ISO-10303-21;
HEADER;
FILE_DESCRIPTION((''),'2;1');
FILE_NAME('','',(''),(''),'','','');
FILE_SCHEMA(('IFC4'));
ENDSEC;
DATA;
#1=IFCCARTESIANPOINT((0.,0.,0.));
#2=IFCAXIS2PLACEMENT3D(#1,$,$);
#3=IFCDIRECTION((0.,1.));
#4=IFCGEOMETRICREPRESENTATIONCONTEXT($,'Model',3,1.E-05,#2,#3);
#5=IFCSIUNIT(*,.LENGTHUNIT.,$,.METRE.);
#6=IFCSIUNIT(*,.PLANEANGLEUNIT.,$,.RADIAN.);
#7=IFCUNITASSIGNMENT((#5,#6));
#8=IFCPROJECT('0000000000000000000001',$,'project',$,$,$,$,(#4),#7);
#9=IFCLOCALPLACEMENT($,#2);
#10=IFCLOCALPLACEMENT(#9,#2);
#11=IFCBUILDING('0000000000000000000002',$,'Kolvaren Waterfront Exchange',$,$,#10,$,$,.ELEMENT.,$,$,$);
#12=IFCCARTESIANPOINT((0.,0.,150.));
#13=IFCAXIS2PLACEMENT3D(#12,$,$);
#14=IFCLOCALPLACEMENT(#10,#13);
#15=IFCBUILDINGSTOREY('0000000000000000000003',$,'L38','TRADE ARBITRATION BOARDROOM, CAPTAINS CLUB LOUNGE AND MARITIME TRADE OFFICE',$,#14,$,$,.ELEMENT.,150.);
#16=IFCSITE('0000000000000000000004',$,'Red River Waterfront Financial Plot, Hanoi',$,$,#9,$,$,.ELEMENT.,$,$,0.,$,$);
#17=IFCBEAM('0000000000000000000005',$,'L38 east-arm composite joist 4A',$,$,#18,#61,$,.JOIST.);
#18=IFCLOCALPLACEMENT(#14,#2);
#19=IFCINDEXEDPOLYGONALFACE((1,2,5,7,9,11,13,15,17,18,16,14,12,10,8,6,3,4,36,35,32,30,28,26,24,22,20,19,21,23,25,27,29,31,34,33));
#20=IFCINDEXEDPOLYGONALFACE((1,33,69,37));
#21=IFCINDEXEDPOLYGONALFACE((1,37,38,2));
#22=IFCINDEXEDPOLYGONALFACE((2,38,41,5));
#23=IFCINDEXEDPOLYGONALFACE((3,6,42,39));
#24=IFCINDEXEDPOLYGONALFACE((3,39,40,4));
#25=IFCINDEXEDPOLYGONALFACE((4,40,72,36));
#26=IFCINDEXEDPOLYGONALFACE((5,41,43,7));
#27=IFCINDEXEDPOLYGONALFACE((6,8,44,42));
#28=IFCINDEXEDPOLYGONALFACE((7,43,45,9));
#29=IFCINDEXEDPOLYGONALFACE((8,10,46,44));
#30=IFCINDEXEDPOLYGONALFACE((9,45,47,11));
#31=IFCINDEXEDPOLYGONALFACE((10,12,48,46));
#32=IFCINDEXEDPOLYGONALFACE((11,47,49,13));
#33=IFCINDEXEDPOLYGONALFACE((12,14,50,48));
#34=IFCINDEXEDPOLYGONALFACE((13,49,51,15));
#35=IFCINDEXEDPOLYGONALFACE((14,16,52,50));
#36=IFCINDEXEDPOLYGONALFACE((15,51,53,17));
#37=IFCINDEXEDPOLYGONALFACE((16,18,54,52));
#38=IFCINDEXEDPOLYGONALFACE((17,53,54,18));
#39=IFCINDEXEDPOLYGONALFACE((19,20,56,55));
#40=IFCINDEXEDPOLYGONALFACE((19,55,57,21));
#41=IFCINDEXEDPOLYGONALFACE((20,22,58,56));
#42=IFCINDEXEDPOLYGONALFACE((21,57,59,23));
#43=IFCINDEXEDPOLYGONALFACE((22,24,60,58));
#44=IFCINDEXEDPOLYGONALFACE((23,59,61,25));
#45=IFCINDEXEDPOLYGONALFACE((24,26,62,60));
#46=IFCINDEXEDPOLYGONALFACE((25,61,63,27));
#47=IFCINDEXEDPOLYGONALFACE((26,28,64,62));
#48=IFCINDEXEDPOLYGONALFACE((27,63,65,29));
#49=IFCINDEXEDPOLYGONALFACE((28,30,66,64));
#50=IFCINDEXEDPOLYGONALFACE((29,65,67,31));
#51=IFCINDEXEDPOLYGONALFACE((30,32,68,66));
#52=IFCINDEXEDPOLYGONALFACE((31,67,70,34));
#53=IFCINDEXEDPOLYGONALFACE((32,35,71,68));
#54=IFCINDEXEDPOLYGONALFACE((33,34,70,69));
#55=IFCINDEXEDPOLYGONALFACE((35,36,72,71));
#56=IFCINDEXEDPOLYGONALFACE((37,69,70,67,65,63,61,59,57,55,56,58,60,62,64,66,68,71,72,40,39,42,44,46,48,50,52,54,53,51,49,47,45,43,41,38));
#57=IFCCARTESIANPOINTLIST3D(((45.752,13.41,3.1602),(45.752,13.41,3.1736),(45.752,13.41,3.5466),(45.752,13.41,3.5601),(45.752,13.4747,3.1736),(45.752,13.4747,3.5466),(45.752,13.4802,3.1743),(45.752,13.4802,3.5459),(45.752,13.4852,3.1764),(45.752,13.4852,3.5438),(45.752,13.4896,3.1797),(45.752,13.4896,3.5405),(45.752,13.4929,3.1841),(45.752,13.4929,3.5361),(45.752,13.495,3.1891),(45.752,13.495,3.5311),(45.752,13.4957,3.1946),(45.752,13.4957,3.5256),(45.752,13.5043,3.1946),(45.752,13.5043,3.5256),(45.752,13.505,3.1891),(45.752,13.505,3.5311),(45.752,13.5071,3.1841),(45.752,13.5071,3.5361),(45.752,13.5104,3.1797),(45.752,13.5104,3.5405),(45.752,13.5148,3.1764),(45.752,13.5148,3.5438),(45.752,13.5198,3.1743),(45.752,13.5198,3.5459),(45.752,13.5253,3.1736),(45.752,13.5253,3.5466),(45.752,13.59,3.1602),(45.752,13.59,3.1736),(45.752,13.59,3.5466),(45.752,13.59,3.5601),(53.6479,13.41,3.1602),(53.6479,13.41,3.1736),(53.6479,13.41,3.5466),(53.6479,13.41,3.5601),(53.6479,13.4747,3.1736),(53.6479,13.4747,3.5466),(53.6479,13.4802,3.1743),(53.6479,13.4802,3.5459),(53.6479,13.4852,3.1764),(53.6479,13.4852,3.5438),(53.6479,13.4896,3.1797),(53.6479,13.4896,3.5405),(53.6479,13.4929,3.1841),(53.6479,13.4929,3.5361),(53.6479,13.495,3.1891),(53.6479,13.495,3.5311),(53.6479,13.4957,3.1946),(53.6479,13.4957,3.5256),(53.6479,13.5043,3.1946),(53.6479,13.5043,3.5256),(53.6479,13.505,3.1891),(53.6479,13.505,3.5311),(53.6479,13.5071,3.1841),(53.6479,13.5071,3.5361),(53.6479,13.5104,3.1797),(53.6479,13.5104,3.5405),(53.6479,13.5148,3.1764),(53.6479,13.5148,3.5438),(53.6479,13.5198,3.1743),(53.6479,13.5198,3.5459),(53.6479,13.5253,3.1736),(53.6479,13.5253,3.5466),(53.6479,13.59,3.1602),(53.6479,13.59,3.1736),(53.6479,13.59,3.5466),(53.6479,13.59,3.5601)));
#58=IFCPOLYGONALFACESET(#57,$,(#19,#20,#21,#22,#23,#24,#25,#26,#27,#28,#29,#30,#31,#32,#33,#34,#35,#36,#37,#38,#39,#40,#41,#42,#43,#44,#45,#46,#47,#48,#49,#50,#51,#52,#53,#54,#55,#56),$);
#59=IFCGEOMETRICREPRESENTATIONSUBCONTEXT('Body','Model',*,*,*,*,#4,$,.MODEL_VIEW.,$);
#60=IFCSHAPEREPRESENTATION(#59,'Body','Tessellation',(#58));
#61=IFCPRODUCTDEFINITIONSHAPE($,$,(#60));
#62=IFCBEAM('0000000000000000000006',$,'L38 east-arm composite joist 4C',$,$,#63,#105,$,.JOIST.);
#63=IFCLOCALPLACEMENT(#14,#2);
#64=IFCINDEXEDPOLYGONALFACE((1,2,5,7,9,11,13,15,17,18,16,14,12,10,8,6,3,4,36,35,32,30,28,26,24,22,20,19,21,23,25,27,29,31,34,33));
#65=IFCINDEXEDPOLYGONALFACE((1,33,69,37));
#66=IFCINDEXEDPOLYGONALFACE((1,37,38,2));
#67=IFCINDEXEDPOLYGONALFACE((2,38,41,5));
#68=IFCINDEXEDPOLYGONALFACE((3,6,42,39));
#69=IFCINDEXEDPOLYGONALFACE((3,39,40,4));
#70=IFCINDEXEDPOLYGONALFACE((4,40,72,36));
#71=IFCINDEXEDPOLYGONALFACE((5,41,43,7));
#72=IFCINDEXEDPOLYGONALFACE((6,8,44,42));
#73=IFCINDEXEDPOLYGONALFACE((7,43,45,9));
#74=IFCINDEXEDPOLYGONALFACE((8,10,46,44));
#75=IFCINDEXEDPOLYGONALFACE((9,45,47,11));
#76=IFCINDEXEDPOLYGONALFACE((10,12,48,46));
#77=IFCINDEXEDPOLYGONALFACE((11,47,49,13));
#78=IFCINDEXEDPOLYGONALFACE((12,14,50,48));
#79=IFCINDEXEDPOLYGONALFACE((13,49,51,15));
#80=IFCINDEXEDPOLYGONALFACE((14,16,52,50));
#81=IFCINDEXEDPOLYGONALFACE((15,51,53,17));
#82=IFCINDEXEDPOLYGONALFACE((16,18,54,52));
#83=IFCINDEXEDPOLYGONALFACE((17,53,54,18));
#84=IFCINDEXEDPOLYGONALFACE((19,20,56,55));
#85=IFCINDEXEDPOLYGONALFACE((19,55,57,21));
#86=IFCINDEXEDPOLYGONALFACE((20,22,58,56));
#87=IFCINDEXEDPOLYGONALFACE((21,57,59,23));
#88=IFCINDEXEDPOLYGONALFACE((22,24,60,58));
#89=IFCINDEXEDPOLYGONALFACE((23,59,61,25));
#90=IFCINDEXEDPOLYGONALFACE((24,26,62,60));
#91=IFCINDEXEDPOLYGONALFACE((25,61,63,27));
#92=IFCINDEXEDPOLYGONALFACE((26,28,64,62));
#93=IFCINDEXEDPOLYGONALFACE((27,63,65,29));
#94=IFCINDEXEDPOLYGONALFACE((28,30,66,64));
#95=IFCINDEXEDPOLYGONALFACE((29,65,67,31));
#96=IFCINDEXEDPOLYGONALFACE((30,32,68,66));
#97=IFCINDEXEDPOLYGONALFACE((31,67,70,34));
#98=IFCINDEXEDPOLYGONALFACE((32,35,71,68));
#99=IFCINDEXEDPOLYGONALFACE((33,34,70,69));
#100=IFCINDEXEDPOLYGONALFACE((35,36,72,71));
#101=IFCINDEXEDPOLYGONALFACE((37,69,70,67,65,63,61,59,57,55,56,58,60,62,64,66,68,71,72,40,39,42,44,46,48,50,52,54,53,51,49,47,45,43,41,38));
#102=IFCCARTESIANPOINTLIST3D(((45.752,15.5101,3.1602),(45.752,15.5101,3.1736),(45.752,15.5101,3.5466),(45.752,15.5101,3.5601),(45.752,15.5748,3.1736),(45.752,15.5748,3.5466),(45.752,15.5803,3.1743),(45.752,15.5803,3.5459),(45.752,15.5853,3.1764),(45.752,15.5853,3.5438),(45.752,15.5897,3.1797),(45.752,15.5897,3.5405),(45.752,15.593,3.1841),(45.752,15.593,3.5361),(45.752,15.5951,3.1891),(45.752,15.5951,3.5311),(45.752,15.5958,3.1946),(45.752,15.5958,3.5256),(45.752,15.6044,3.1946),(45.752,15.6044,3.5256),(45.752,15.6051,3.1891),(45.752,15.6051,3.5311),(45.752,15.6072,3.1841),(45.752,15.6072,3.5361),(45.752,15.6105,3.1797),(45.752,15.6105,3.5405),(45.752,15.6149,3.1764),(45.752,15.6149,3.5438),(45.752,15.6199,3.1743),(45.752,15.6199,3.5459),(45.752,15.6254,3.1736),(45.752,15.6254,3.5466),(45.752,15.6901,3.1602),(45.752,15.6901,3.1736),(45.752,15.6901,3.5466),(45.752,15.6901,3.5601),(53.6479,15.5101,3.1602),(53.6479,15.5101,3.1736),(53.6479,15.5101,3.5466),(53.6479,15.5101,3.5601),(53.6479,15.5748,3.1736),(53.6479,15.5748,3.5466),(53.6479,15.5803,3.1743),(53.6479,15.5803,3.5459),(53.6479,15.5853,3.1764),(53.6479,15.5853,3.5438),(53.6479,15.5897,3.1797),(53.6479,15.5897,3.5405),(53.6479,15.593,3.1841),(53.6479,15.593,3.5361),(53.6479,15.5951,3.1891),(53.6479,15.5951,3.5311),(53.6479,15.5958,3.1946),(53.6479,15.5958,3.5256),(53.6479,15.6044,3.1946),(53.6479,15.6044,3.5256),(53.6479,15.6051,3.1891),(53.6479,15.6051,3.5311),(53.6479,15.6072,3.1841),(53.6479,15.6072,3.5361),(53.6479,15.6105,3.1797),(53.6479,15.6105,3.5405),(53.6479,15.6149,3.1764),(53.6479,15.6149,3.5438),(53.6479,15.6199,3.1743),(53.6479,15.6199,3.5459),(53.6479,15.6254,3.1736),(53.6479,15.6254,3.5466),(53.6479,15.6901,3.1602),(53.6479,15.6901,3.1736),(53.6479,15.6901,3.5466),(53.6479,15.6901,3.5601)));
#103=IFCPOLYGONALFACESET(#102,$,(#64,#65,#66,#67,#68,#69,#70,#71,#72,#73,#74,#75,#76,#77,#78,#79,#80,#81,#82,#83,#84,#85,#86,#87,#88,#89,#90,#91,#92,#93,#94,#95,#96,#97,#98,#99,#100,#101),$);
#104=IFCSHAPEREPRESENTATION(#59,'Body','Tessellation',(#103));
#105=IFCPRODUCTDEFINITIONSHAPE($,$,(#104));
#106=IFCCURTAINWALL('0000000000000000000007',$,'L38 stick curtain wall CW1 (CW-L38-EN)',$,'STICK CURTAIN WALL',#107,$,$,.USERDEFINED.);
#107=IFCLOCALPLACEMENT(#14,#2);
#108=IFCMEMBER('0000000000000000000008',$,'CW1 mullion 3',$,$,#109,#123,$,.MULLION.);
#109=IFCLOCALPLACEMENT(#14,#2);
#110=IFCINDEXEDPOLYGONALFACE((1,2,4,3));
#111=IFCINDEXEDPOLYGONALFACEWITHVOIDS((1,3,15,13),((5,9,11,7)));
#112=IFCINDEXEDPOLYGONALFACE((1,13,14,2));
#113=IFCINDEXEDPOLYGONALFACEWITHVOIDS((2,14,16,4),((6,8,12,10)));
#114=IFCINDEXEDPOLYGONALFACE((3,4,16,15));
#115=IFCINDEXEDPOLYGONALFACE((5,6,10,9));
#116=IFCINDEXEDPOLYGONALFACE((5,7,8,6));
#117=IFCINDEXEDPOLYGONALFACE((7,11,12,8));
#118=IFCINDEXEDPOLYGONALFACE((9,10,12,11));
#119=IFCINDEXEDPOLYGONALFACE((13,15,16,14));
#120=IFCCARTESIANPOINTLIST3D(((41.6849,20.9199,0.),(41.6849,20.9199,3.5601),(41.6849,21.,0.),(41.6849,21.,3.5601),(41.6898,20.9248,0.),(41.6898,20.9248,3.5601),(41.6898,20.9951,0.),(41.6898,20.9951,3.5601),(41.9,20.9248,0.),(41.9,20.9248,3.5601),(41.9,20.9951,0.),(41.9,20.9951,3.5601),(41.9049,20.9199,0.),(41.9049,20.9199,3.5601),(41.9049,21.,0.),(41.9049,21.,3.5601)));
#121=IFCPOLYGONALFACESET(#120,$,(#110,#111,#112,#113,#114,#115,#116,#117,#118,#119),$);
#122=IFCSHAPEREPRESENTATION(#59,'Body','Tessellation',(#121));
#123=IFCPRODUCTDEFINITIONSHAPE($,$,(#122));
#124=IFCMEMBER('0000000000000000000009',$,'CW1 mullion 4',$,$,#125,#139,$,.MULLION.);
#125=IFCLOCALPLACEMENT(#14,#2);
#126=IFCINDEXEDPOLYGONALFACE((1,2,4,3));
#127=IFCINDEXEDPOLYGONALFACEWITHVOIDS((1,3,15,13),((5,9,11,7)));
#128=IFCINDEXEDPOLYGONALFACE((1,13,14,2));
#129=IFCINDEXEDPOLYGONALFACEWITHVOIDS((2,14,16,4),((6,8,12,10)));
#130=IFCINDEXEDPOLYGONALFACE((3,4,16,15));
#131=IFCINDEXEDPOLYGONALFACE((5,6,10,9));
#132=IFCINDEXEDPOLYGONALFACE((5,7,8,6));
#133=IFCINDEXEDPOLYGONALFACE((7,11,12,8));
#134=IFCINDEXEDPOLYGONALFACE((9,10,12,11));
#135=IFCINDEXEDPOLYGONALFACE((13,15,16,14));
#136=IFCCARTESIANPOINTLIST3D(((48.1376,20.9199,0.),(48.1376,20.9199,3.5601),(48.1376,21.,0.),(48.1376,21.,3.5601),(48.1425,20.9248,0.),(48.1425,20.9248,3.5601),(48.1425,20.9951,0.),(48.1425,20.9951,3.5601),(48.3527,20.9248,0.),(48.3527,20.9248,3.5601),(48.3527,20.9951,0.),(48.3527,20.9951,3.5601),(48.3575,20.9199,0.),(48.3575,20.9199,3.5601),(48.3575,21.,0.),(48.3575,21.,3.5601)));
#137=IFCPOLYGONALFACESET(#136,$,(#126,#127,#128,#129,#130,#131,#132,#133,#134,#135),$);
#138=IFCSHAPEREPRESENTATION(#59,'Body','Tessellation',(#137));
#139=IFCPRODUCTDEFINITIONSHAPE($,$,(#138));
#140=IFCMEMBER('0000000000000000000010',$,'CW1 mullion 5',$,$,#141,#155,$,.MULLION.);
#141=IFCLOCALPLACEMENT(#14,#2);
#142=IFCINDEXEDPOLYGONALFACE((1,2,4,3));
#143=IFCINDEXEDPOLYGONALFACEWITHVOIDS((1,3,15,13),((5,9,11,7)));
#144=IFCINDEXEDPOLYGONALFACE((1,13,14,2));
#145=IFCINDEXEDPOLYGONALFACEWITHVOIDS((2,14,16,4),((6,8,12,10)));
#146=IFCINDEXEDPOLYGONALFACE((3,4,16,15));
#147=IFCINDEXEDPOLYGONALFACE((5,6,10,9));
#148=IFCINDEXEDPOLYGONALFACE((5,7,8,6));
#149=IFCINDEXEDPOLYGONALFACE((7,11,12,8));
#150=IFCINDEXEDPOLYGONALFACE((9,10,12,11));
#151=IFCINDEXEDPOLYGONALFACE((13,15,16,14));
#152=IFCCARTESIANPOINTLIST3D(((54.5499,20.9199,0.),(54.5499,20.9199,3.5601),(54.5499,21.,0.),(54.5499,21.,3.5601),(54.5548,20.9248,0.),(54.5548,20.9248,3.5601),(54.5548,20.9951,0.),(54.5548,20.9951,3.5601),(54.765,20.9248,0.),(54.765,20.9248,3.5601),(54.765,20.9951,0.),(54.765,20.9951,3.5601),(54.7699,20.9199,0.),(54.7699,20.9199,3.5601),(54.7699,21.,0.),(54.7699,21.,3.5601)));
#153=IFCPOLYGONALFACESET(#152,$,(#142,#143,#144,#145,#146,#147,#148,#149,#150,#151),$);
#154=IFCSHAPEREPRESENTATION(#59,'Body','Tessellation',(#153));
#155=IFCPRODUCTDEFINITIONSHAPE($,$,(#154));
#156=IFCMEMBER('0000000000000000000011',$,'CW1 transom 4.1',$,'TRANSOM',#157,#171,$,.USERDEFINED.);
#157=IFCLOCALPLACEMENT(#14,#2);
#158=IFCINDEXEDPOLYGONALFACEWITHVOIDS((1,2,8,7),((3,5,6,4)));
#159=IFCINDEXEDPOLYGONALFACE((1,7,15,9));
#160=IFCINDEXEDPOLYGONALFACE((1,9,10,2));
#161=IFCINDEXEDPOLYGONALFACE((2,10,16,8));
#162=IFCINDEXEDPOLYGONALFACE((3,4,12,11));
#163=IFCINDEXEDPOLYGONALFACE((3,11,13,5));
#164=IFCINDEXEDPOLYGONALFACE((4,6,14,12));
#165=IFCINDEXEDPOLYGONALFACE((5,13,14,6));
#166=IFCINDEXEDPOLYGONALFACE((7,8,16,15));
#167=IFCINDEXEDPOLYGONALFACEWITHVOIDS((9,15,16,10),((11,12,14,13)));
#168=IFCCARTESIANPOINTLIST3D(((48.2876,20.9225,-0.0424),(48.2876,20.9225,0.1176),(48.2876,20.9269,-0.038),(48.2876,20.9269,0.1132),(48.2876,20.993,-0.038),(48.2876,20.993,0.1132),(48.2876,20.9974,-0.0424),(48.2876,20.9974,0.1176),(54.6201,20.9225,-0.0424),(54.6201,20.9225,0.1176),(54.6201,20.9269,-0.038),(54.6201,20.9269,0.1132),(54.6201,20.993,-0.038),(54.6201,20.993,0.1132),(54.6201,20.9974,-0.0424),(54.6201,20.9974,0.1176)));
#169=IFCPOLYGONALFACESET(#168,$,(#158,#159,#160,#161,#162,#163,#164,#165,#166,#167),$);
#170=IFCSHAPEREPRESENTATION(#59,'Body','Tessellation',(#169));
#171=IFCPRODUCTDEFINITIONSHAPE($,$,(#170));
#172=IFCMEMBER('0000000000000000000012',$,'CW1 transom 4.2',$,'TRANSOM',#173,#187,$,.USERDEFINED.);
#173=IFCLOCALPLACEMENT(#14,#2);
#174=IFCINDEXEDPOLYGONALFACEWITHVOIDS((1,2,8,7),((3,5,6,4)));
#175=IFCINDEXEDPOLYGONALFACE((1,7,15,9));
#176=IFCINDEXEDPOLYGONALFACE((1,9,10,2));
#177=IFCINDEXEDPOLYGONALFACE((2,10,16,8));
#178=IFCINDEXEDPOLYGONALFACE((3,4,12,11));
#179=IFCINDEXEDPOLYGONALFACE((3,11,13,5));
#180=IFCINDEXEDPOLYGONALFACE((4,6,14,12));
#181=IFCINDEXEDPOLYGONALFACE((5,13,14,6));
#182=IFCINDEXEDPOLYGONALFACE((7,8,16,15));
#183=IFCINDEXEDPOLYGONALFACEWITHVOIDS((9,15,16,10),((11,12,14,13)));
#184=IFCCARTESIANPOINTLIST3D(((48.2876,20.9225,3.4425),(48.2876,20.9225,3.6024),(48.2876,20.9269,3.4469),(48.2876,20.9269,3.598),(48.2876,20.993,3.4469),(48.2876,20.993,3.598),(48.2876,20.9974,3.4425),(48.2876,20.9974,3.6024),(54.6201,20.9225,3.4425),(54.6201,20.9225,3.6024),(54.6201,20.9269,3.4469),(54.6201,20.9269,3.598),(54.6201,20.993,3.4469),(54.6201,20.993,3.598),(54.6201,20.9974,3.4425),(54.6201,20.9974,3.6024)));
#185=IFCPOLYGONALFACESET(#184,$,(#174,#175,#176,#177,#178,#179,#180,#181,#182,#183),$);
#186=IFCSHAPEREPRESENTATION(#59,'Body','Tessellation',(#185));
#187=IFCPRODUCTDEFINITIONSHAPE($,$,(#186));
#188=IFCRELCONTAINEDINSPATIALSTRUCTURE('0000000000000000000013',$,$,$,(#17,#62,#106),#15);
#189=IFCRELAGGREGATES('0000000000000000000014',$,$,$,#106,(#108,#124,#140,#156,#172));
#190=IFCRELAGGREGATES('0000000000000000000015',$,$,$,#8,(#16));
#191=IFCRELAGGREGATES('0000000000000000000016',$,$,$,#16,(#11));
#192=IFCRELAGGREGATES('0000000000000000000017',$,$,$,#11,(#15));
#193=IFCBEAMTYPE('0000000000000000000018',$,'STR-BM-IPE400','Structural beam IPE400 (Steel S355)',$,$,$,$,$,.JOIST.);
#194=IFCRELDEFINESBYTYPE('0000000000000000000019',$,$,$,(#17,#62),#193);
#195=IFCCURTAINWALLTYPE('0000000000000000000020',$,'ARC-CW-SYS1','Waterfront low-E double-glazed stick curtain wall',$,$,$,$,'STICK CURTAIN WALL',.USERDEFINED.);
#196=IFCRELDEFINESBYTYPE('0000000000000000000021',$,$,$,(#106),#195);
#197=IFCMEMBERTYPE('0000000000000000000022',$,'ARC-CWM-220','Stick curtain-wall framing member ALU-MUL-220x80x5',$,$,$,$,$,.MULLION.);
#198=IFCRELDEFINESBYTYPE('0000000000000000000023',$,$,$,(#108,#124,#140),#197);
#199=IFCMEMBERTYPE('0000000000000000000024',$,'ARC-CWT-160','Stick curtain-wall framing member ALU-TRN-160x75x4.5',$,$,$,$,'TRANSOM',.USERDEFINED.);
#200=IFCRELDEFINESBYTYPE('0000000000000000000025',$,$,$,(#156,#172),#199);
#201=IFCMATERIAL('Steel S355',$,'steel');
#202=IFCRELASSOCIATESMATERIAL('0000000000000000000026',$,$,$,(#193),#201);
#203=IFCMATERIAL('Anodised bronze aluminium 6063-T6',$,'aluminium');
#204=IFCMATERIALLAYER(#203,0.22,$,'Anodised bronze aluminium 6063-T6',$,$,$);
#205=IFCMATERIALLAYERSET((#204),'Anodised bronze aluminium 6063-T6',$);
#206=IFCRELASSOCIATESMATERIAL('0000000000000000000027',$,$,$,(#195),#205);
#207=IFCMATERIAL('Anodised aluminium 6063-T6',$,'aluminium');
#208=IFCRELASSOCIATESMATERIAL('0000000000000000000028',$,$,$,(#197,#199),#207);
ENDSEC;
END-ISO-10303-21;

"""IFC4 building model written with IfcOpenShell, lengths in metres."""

from ifc_helpers import new_model, si_unit, direction, frame, origin, origin_with_axes, origin_2d, place, context, subcontext, project, spatial, hollow_rectangle, i_section, extrude, source, transform, mapped, material, layer, layer_set, material_profile, profile_set, type_object, element, aggregate, save


model = new_model("IFC4")

# Units and contexts
model_context = context("Model", 3, precision=1e-05, world=origin(), true_north=direction((0.0, 1.0)))
body_context = subcontext(model_context, "Body", "Model", "MODEL_VIEW")
ifc_project = project(units=[si_unit("LENGTHUNIT", "METRE"), si_unit("PLANEANGLEUNIT", "RADIAN")], contexts=[model_context])

# Site, building, storey
site_placement = place(None, origin())
site = spatial("IfcSite", under=ifc_project, at=site_placement, Name="Red River Waterfront Financial Plot, Hanoi", CompositionType="ELEMENT", RefElevation=0.0)
building_placement = place(site_placement, origin())
building = spatial("IfcBuilding", under=site, at=building_placement, Name="Kolvaren Waterfront Exchange", CompositionType="ELEMENT")
storey_placement = place(building_placement, frame((0.0, 0.0, 150.0)))
storey = spatial("IfcBuildingStorey", under=building, at=storey_placement, Name="L38", Description="TRADE ARBITRATION BOARDROOM, CAPTAINS CLUB LOUNGE AND MARITIME TRADE OFFICE", CompositionType="ELEMENT", Elevation=150.0)

# Beams
ifc_material_1 = material(Name="Steel S355", Category="steel")
ifc_material_profile_1 = material_profile(ifc_material_1, i_section(OverallWidth=0.1799, OverallDepth=0.3999, WebThickness=0.0085, FlangeThickness=0.0134, FilletRadius=0.021, at=origin_2d()), Name="IPE400")
ifc_profile_set_1 = profile_set([ifc_material_profile_1], Name="Steel S355")
beam_type_1 = type_object("IfcBeamType", Name="STR-BM-IPE400", Description="Structural beam IPE400 (Steel S355)", PredefinedType="JOIST", material=ifc_profile_set_1)
for number, where, z_axis, x_axis, name in (
    (1, (45.752, 13.5, 3.3601), (1.0, 0.0, 0.0), (0.0, 1.0, 0.0), "L38 east-arm composite joist 4A"),
    (2, (45.752, 15.6001, 3.3601), (1.0, 0.0, 0.0), (0.0, 1.0, 0.0), "L38 east-arm composite joist 4C"),
):
    element("IfcBeam", number, at=place(storey_placement, frame(where, z_axis=z_axis, x_axis=x_axis)), inside=storey, type_object=beam_type_1, Name=name, PredefinedType="JOIST", context=body_context, shape_type="SweptSolid", body=[
        extrude(i_section(OverallWidth=0.1799, OverallDepth=0.3999, WebThickness=0.0085, FlangeThickness=0.0134, FilletRadius=0.021, at=origin_2d()), origin(), (0.0, 0.0, 1.0), 7.896),
    ])

# Curtain wall, members
ifc_material_2 = material(Name="Anodised bronze aluminium 6063-T6", Category="aluminium")
ifc_layer_1 = layer(ifc_material_2, 0.22, Name="Anodised bronze aluminium 6063-T6")
ifc_layer_set_1 = layer_set([ifc_layer_1], Name="Anodised bronze aluminium 6063-T6")
curtain_wall_type = type_object("IfcCurtainWallType", Name="ARC-CW-SYS1", Description="Waterfront low-E double-glazed stick curtain wall", ElementType="STICK CURTAIN WALL", PredefinedType="USERDEFINED", material=ifc_layer_set_1)
curtain_wall_placement = place(storey_placement, origin())
curtain_wall = element("IfcCurtainWall", 3, at=curtain_wall_placement, inside=storey, type_object=curtain_wall_type, Name="L38 stick curtain wall CW1 (CW-L38-EN)", ObjectType="STICK CURTAIN WALL", PredefinedType="USERDEFINED")
ifc_material_3 = material(Name="Anodised aluminium 6063-T6", Category="aluminium")
ifc_material_profile_2 = material_profile(ifc_material_3, hollow_rectangle(XDim=0.0801, YDim=0.22, WallThickness=0.0049, at=origin_2d()), Name="ALU-MUL-220x80x5")
ifc_profile_set_2 = profile_set([ifc_material_profile_2], Name="Anodised aluminium 6063-T6")
member_type_1 = type_object("IfcMemberType", Name="ARC-CWM-220", Description="Stick curtain-wall framing member ALU-MUL-220x80x5", PredefinedType="MULLION", material=ifc_profile_set_2)
shared_shape_1 = source(origin_with_axes(), body_context, "Body", "SweptSolid", [
    extrude(hollow_rectangle(XDim=0.0801, YDim=0.22, WallThickness=0.0049, at=origin_2d()), origin(), (0.0, 0.0, 1.0), 3.5601),
])
member_1_placement = place(storey_placement, frame((41.7949, 20.96, 0.0), z_axis=(0.0, 0.0, 1.0), x_axis=(0.0, 1.0, 0.0)))
member_1 = element("IfcMember", 4, at=member_1_placement, type_object=member_type_1, Name="CW1 mullion 3", PredefinedType="MULLION", context=body_context, shape_type="MappedRepresentation", body=[
    mapped(shared_shape_1, transform((0.0, 0.0, 0.0), x_axis=(1.0, 0.0, 0.0), y_axis=(0.0, 1.0, 0.0), z_axis=(0.0, 0.0, 1.0), scale=1.0)),
])
member_2_placement = place(storey_placement, frame((48.2476, 20.96, 0.0), z_axis=(0.0, 0.0, 1.0), x_axis=(0.0, 1.0, 0.0)))
member_2 = element("IfcMember", 5, at=member_2_placement, type_object=member_type_1, Name="CW1 mullion 4", PredefinedType="MULLION", context=body_context, shape_type="MappedRepresentation", body=[
    mapped(shared_shape_1, transform((0.0, 0.0, 0.0), x_axis=(1.0, 0.0, 0.0), y_axis=(0.0, 1.0, 0.0), z_axis=(0.0, 0.0, 1.0), scale=1.0)),
])
member_3_placement = place(storey_placement, frame((54.6599, 20.96, 0.0), z_axis=(0.0, 0.0, 1.0), x_axis=(0.0, 1.0, 0.0)))
member_3 = element("IfcMember", 6, at=member_3_placement, type_object=member_type_1, Name="CW1 mullion 5", PredefinedType="MULLION", context=body_context, shape_type="MappedRepresentation", body=[
    mapped(shared_shape_1, transform((0.0, 0.0, 0.0), x_axis=(1.0, 0.0, 0.0), y_axis=(0.0, 1.0, 0.0), z_axis=(0.0, 0.0, 1.0), scale=1.0)),
])
ifc_material_profile_3 = material_profile(ifc_material_3, hollow_rectangle(XDim=0.075, YDim=0.1599, WallThickness=0.0044, at=origin_2d()), Name="ALU-TRN-160x75x4.5")
ifc_profile_set_3 = profile_set([ifc_material_profile_3], Name="Anodised aluminium 6063-T6")
member_type_2 = type_object("IfcMemberType", Name="ARC-CWT-160", Description="Stick curtain-wall framing member ALU-TRN-160x75x4.5", ElementType="TRANSOM", PredefinedType="USERDEFINED", material=ifc_profile_set_3)
shared_shape_2 = source(origin_with_axes(), body_context, "Body", "SweptSolid", [
    extrude(hollow_rectangle(XDim=0.075, YDim=0.1599, WallThickness=0.0044, at=origin_2d()), origin(), (0.0, 0.0, 1.0), 6.3325),
])
member_4_placement = place(storey_placement, frame((48.2876, 20.96, 0.0376), z_axis=(1.0, 0.0, 0.0), x_axis=(0.0, 1.0, 0.0)))
member_4 = element("IfcMember", 7, at=member_4_placement, type_object=member_type_2, Name="CW1 transom 4.1", ObjectType="TRANSOM", PredefinedType="USERDEFINED", context=body_context, shape_type="MappedRepresentation", body=[
    mapped(shared_shape_2, transform((0.0, 0.0, 0.0), x_axis=(1.0, 0.0, 0.0), y_axis=(0.0, 1.0, 0.0), z_axis=(0.0, 0.0, 1.0), scale=1.0)),
])
member_5_placement = place(storey_placement, frame((48.2876, 20.96, 3.5225), z_axis=(1.0, 0.0, 0.0), x_axis=(0.0, 1.0, 0.0)))
member_5 = element("IfcMember", 8, at=member_5_placement, type_object=member_type_2, Name="CW1 transom 4.2", ObjectType="TRANSOM", PredefinedType="USERDEFINED", context=body_context, shape_type="MappedRepresentation", body=[
    mapped(shared_shape_2, transform((0.0, 0.0, 0.0), x_axis=(1.0, 0.0, 0.0), y_axis=(0.0, 1.0, 0.0), z_axis=(0.0, 0.0, 1.0), scale=1.0)),
])
aggregate(curtain_wall, [member_1, member_2, member_3, member_4, member_5])

save(model, "model.ifc")
